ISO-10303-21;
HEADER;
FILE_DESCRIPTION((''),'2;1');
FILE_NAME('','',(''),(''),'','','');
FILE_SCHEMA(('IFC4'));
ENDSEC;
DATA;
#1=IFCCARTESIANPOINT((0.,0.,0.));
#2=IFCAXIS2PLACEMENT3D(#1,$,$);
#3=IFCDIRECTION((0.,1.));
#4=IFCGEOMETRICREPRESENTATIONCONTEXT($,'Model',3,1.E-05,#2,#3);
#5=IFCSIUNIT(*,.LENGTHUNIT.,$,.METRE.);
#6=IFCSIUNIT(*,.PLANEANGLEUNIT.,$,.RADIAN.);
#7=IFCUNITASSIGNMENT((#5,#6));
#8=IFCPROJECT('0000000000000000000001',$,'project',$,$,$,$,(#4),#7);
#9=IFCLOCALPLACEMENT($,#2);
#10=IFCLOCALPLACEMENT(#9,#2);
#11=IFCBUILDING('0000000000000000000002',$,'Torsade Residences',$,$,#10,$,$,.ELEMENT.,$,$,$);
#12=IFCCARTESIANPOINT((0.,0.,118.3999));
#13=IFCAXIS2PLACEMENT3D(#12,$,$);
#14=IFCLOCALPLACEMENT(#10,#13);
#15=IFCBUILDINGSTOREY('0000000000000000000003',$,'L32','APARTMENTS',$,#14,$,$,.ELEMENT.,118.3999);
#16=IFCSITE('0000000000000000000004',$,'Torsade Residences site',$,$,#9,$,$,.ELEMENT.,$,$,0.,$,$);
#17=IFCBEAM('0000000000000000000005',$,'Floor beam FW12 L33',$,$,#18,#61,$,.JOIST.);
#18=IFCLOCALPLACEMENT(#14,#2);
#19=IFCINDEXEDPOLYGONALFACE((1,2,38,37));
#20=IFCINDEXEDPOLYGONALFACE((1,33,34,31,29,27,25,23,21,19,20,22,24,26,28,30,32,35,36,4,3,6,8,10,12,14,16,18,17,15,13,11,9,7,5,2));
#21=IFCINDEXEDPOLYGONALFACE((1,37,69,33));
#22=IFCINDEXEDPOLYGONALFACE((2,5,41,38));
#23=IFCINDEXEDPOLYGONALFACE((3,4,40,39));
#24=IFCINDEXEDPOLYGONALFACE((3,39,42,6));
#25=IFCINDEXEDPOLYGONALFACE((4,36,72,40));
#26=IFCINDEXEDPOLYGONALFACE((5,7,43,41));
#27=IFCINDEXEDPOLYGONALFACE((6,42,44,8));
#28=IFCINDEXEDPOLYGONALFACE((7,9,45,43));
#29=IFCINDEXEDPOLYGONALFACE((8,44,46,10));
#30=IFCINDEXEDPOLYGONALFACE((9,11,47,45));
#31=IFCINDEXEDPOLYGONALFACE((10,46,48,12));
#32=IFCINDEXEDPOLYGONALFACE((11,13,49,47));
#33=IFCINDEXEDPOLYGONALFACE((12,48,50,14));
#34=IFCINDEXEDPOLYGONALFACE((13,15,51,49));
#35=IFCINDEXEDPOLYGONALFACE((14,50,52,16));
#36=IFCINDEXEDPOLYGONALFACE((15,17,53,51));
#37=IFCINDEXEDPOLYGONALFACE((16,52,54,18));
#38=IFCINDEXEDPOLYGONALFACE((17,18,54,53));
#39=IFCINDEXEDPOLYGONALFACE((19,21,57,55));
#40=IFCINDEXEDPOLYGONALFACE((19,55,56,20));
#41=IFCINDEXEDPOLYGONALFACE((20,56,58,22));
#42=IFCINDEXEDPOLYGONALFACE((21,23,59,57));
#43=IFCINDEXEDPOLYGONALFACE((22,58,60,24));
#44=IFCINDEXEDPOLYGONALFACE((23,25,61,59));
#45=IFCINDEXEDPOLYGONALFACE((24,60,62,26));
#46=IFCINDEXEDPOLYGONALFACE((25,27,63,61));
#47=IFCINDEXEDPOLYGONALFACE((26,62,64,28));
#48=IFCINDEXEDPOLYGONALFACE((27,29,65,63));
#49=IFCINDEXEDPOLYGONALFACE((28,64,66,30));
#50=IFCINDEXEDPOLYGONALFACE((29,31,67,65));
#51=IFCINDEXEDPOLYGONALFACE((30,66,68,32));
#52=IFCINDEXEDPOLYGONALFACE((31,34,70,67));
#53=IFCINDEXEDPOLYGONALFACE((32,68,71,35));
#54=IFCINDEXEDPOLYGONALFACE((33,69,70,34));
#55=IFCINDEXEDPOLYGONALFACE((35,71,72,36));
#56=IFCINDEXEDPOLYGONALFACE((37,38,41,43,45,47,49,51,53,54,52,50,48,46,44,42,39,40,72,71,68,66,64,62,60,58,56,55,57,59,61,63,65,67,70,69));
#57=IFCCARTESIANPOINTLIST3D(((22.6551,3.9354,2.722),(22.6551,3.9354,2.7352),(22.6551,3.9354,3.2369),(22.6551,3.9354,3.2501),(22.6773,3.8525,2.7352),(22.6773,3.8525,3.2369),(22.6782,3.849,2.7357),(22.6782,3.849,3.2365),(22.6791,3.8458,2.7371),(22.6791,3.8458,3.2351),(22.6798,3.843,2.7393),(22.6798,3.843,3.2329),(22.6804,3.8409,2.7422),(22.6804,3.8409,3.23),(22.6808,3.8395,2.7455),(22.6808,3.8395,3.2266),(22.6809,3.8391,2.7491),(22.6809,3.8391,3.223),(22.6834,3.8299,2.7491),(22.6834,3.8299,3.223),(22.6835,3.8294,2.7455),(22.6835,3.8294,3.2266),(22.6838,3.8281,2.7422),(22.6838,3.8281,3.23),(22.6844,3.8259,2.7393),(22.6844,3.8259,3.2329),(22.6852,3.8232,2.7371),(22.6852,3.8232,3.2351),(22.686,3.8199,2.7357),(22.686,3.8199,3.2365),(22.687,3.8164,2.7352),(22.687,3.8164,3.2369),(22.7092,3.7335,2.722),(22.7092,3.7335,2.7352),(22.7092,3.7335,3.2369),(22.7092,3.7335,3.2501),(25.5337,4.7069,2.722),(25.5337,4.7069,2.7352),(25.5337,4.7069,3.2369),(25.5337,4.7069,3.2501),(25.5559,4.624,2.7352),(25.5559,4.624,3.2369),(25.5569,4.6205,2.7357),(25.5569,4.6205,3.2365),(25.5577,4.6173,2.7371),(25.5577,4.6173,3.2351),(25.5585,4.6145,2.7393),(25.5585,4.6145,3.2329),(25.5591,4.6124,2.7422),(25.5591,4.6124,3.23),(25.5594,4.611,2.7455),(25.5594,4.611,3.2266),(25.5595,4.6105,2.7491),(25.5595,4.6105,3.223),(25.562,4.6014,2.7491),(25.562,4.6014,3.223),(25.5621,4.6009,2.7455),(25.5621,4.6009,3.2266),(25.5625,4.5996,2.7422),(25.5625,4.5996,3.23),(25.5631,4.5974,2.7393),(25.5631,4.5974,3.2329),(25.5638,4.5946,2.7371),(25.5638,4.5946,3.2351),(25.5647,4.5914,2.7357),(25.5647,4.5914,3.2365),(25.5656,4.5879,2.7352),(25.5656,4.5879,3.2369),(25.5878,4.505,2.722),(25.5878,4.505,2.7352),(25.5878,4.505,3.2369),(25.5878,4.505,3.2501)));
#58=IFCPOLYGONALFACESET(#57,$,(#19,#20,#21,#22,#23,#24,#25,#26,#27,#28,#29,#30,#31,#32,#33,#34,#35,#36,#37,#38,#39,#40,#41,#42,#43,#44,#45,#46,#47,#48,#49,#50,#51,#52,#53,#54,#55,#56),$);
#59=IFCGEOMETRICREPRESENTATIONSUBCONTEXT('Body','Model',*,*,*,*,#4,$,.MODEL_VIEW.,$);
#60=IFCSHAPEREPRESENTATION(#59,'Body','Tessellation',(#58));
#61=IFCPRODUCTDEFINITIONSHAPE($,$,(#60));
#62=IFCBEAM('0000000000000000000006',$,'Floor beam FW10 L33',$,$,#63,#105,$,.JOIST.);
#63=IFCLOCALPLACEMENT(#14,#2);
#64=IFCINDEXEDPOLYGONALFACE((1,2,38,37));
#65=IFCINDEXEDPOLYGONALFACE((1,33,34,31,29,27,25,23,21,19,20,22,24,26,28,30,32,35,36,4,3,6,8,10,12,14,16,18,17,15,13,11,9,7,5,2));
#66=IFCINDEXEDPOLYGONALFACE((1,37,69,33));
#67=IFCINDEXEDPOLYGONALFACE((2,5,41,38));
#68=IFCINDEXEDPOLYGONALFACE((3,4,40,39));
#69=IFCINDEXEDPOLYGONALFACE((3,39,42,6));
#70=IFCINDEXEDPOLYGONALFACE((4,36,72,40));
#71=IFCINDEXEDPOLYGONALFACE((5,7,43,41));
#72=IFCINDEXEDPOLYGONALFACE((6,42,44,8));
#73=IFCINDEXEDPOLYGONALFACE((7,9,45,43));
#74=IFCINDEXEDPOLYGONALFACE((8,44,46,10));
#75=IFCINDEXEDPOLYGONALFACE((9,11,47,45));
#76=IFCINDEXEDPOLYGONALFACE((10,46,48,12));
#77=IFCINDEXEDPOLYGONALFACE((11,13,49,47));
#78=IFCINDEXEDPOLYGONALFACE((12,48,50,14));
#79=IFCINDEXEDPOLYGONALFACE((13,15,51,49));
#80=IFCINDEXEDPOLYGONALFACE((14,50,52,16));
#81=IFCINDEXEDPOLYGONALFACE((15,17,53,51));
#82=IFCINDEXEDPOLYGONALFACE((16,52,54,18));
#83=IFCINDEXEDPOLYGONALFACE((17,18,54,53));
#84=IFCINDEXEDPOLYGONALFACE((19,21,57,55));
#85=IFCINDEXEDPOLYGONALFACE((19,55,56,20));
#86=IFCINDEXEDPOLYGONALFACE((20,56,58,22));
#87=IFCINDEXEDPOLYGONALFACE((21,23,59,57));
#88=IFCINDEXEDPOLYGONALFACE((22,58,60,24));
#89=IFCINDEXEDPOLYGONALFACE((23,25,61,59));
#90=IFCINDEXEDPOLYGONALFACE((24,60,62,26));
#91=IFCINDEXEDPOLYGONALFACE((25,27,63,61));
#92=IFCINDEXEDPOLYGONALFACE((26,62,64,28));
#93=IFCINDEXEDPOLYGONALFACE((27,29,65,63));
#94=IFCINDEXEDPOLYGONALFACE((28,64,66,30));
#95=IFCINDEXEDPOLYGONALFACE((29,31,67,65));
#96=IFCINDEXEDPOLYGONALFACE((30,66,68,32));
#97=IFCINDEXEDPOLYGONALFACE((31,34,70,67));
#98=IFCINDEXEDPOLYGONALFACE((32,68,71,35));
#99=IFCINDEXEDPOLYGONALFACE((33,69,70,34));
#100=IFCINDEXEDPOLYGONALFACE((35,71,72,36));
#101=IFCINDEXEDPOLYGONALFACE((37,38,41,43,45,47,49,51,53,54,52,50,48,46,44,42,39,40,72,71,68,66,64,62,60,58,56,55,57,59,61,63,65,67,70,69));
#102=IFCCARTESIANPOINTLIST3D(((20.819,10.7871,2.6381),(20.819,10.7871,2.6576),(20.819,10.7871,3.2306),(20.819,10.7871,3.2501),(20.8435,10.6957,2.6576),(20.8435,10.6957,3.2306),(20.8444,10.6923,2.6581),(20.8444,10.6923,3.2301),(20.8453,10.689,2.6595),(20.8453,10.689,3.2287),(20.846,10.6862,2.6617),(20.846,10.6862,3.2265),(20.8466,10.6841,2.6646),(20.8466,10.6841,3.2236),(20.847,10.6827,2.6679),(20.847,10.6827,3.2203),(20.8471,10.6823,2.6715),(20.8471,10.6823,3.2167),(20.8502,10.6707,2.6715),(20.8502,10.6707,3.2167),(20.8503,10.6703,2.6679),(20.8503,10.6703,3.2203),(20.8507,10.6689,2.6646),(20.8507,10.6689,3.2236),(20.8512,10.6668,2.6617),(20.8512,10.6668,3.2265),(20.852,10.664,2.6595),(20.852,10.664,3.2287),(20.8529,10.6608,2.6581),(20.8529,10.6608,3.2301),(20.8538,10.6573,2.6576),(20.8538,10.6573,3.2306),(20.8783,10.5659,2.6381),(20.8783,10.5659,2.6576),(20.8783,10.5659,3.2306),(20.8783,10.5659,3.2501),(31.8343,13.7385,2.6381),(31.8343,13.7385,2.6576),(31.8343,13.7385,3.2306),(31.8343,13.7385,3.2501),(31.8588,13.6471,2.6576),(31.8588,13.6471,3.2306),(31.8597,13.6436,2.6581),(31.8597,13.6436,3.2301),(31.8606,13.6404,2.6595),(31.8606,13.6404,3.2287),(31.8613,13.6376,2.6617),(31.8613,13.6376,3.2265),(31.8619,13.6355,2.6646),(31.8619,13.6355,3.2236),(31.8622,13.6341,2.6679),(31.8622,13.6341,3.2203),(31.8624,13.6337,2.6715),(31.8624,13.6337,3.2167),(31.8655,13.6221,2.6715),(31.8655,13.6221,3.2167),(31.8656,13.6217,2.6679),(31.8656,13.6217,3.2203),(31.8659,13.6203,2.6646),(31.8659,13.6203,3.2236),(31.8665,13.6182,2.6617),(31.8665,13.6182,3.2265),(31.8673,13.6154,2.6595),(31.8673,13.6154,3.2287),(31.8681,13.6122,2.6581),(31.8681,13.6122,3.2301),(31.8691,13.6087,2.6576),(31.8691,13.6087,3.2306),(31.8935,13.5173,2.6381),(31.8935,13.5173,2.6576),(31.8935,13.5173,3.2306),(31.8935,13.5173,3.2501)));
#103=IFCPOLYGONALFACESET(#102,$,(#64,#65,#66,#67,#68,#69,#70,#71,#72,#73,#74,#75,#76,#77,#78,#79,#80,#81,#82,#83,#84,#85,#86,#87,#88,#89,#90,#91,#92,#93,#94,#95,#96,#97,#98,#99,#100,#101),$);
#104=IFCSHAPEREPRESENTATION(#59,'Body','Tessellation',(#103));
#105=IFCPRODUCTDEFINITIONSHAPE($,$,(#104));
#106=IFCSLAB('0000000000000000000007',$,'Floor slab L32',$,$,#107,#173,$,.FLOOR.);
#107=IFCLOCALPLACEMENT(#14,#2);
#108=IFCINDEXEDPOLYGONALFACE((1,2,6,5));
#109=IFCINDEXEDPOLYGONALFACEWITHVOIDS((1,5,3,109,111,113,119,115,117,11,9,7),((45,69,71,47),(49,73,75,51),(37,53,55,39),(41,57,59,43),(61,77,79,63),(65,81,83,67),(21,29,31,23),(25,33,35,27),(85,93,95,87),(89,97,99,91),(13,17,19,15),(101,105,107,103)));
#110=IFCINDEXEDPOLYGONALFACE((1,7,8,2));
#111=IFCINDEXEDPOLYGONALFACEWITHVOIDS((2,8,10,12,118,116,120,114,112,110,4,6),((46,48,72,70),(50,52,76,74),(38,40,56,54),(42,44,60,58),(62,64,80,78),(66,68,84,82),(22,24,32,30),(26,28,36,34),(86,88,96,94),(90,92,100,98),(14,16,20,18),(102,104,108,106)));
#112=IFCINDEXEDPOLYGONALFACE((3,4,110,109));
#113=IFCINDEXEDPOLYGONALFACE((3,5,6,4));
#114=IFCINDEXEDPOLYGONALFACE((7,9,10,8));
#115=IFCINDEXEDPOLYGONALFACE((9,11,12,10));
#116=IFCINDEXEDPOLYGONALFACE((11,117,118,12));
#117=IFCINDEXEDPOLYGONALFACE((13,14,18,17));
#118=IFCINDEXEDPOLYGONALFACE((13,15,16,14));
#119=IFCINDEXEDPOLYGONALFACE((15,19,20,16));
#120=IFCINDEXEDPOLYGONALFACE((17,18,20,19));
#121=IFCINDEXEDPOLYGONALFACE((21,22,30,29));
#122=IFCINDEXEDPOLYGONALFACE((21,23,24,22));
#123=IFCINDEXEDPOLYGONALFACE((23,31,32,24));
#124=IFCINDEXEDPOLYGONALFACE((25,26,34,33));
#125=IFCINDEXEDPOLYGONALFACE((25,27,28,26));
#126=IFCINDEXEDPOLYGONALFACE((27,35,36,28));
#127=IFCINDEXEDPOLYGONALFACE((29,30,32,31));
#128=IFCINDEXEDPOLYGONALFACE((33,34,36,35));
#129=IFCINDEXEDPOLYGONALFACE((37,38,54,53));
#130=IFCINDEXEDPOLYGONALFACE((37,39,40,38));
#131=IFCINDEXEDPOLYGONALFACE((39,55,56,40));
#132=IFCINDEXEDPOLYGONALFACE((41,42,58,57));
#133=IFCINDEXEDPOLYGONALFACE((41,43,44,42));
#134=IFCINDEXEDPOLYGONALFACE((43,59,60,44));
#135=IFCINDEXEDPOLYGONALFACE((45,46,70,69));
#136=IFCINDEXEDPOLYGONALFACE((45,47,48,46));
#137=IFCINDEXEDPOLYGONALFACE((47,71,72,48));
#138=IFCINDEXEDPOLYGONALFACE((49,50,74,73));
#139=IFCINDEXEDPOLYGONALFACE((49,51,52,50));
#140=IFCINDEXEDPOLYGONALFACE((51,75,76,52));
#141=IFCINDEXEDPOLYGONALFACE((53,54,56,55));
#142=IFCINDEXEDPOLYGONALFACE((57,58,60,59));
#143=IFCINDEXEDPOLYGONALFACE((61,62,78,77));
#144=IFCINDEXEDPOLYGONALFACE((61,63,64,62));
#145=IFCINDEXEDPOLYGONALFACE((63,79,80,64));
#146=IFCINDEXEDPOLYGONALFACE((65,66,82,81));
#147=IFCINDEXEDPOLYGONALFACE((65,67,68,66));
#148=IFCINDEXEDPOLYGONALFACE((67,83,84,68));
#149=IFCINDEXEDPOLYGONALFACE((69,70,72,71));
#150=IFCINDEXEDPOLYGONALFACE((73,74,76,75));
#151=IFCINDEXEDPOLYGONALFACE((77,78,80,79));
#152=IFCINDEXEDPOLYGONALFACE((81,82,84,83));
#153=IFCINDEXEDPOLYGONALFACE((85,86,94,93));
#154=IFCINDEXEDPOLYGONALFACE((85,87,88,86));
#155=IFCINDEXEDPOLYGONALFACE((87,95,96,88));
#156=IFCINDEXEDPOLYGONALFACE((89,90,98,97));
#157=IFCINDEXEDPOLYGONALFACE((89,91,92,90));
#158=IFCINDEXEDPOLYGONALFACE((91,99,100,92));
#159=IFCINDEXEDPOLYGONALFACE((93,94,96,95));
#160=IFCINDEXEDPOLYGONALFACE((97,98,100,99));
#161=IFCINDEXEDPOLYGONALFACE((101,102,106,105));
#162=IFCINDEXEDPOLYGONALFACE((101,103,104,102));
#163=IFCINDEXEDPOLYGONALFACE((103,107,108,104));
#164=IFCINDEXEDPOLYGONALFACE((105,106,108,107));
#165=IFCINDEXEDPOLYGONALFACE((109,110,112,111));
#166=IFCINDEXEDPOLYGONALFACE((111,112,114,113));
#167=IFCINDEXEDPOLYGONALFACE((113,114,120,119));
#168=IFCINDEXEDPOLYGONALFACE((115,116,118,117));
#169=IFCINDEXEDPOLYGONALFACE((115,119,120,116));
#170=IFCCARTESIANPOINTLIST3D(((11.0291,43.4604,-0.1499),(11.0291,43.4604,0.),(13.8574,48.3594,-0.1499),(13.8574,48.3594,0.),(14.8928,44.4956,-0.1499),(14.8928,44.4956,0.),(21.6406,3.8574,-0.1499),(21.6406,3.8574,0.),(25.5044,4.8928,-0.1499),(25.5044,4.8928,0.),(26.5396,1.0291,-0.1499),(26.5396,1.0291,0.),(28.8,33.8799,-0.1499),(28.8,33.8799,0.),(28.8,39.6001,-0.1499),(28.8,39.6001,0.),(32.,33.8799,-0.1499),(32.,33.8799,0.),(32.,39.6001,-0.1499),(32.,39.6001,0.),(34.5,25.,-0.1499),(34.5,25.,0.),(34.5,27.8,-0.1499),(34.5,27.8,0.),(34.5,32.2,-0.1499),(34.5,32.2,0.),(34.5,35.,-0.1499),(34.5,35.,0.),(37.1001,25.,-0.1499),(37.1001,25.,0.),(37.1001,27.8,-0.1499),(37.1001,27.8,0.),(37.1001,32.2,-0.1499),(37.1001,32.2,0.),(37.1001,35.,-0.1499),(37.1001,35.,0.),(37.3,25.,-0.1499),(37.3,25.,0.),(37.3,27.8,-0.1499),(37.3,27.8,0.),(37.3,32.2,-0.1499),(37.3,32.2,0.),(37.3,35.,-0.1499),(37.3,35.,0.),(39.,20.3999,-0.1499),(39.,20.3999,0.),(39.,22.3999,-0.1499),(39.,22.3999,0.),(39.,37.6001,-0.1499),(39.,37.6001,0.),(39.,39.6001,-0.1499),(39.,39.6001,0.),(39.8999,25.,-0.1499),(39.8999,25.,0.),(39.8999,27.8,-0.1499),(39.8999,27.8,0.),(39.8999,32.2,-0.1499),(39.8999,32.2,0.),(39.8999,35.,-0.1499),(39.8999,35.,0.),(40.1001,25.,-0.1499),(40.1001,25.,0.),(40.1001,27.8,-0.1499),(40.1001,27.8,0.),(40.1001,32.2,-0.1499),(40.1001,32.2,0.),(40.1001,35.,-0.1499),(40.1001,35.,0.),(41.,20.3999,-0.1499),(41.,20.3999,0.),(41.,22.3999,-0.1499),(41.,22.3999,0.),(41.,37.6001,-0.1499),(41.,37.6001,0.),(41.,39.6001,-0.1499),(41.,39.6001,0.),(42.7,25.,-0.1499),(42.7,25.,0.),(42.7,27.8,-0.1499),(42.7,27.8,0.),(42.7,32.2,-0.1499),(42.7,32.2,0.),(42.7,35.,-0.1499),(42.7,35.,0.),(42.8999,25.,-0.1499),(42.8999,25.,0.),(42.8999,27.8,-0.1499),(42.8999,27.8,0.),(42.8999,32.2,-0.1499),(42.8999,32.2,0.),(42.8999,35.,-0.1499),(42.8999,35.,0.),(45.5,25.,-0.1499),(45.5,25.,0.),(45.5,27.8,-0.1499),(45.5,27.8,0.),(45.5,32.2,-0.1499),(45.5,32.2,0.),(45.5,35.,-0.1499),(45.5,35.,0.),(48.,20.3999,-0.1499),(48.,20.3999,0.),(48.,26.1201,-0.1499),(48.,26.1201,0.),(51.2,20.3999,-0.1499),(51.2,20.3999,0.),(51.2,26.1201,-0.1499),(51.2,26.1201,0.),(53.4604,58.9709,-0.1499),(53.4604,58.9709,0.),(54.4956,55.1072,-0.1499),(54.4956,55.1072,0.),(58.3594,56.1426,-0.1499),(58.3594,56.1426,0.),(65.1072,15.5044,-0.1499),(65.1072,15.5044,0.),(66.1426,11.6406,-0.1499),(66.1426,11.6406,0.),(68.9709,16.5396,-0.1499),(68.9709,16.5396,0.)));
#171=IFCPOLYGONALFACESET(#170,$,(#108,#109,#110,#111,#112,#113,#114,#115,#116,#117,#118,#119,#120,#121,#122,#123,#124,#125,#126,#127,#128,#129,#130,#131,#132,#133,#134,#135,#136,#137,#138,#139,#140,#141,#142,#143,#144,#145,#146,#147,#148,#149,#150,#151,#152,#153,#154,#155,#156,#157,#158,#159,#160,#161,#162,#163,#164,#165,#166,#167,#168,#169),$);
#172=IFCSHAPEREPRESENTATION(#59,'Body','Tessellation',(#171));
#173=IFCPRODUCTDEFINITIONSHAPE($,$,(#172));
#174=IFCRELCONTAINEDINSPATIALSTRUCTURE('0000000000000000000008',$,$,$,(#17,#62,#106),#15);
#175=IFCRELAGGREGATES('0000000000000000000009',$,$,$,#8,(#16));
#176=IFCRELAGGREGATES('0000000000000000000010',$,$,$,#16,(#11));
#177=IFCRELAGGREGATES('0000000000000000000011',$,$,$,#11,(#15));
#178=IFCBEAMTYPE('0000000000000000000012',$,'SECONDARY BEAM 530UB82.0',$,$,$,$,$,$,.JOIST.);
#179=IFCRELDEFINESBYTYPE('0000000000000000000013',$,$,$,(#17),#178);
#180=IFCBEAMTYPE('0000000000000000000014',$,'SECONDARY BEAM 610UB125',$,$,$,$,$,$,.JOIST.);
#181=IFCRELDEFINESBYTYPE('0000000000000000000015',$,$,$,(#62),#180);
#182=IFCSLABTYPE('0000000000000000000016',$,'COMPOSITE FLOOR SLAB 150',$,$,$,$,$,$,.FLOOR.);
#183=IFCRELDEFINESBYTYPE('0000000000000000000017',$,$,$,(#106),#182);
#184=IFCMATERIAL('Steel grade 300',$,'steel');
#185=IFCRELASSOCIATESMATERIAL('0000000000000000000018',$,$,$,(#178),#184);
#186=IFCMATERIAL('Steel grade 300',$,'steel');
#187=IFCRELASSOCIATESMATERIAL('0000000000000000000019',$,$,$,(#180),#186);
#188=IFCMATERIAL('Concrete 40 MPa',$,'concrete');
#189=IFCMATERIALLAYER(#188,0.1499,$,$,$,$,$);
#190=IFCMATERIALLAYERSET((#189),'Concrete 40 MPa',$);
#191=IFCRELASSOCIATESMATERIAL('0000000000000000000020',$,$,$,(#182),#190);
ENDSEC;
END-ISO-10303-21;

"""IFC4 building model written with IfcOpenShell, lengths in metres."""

from ifc_helpers import new_model, si_unit, direction, frame, origin, origin_2d, place, context, subcontext, project, spatial, polyline, i_section, outline, extrude, material, layer, layer_set, material_profile, profile_set, type_object, element, save


model = new_model("IFC4")

# Units and contexts
model_context = context("Model", 3, precision=1e-05, world=origin(), true_north=direction((0.0, 1.0)))
body_context = subcontext(model_context, "Body", "Model", "MODEL_VIEW")
ifc_project = project(units=[si_unit("LENGTHUNIT", "METRE"), si_unit("PLANEANGLEUNIT", "RADIAN")], contexts=[model_context])

# Site, building, storey
site_placement = place(None, origin())
site = spatial("IfcSite", under=ifc_project, at=site_placement, Name="Torsade Residences site", CompositionType="ELEMENT", RefElevation=0.0)
building_placement = place(site_placement, origin())
building = spatial("IfcBuilding", under=site, at=building_placement, Name="Torsade Residences", CompositionType="ELEMENT")
storey_placement = place(building_placement, frame((0.0, 0.0, 118.3999)))
storey = spatial("IfcBuildingStorey", under=building, at=storey_placement, Name="L32", Description="APARTMENTS", CompositionType="ELEMENT", Elevation=118.3999)

# Beams
ifc_material_1 = material(Name="Steel grade 300", Category="steel")
ifc_material_profile_1 = material_profile(ifc_material_1, i_section(OverallWidth=0.209, OverallDepth=0.5281, WebThickness=0.0095, FlangeThickness=0.0132, FilletRadius=0.0139, at=origin_2d()), Name="530UB82.0")
ifc_profile_set_1 = profile_set([ifc_material_profile_1], Name="Steel grade 300")
beam_type_1 = type_object("IfcBeamType", Name="SECONDARY BEAM 530UB82.0", PredefinedType="JOIST", material=ifc_profile_set_1)
beam_1_placement = place(storey_placement, frame((22.6821, 3.8345, 2.9861), z_axis=(0.965913, 0.258866, 0.0), x_axis=(-0.258866, 0.965913, 0.0)))
element("IfcBeam", 1, at=beam_1_placement, inside=storey, type_object=beam_type_1, Name="Floor beam FW12 L33", PredefinedType="JOIST", context=body_context, shape_type="SweptSolid", body=[
    extrude(i_section(OverallWidth=0.209, OverallDepth=0.5281, WebThickness=0.0095, FlangeThickness=0.0132, FilletRadius=0.0139, at=origin_2d()), origin(), (0.0, 0.0, 1.0), 2.9802),
])
ifc_material_2 = material(Name="Steel grade 300", Category="steel")
ifc_material_profile_2 = material_profile(ifc_material_2, i_section(OverallWidth=0.229, OverallDepth=0.6121, WebThickness=0.012, FlangeThickness=0.0195, FilletRadius=0.0139, at=origin_2d()), Name="610UB125")
ifc_profile_set_2 = profile_set([ifc_material_profile_2], Name="Steel grade 300")
beam_type_2 = type_object("IfcBeamType", Name="SECONDARY BEAM 610UB125", PredefinedType="JOIST", material=ifc_profile_set_2)
beam_2_placement = place(storey_placement, frame((20.8486, 10.6765, 2.9441), z_axis=(0.965929, 0.258807, 0.0), x_axis=(-0.258807, 0.965929, 0.0)))
element("IfcBeam", 2, at=beam_2_placement, inside=storey, type_object=beam_type_2, Name="Floor beam FW10 L33", PredefinedType="JOIST", context=body_context, shape_type="SweptSolid", body=[
    extrude(i_section(OverallWidth=0.229, OverallDepth=0.6121, WebThickness=0.012, FlangeThickness=0.0195, FilletRadius=0.0139, at=origin_2d()), origin(), (0.0, 0.0, 1.0), 11.4038),
])

# Slab
ifc_material_3 = material(Name="Concrete 40 MPa", Category="concrete")
ifc_layer_1 = layer(ifc_material_3, 0.1499)
ifc_layer_set_1 = layer_set([ifc_layer_1], Name="Concrete 40 MPa")
slab_type_1 = type_object("IfcSlabType", Name="COMPOSITE FLOOR SLAB 150", PredefinedType="FLOOR", material=ifc_layer_set_1)
slab_1_placement = place(storey_placement, frame((0.0, 0.0, -0.1499)))
element("IfcSlab", 3, at=slab_1_placement, inside=storey, type_object=slab_type_1, Name="Floor slab L32", PredefinedType="FLOOR", context=body_context, shape_type="SweptSolid", body=[
    extrude(outline(polyline([(26.5396, 1.0291), (66.1426, 11.6406), (65.1072, 15.5044), (68.9709, 16.5396), (58.3594, 56.1426), (54.4956, 55.1072), (53.4604, 58.9709), (13.8574, 48.3594), (14.8928, 44.4956), (11.0291, 43.4604), (21.6406, 3.8574), (25.5044, 4.8928), (26.5396, 1.0291)]), holes=[polyline([(51.2, 20.3999), (51.2, 26.1201), (48.0, 26.1201), (48.0, 20.3999), (51.2, 20.3999)]), polyline([(45.5, 27.8), (42.8999, 27.8), (42.8999, 25.0), (45.5, 25.0), (45.5, 27.8)]), polyline([(45.5, 32.2), (45.5, 35.0), (42.8999, 35.0), (42.8999, 32.2), (45.5, 32.2)]), polyline([(42.7, 25.0), (42.7, 27.8), (40.1001, 27.8), (40.1001, 25.0), (42.7, 25.0)]), polyline([(42.7, 32.2), (42.7, 35.0), (40.1001, 35.0), (40.1001, 32.2), (42.7, 32.2)]), polyline([(41.0, 22.3999), (39.0, 22.3999), (39.0, 20.3999), (41.0, 20.3999), (41.0, 22.3999)]), polyline([(41.0, 37.6001), (41.0, 39.6001), (39.0, 39.6001), (39.0, 37.6001), (41.0, 37.6001)]), polyline([(39.8999, 25.0), (39.8999, 27.8), (37.3, 27.8), (37.3, 25.0), (39.8999, 25.0)]), polyline([(39.8999, 35.0), (37.3, 35.0), (37.3, 32.2), (39.8999, 32.2), (39.8999, 35.0)]), polyline([(37.1001, 27.8), (34.5, 27.8), (34.5, 25.0), (37.1001, 25.0), (37.1001, 27.8)]), polyline([(37.1001, 32.2), (37.1001, 35.0), (34.5, 35.0), (34.5, 32.2), (37.1001, 32.2)]), polyline([(32.0, 33.8799), (32.0, 39.6001), (28.8, 39.6001), (28.8, 33.8799), (32.0, 33.8799)])]), origin(), (0.0, 0.0, 1.0), 0.1499),
])

save(model, "model.ifc")
